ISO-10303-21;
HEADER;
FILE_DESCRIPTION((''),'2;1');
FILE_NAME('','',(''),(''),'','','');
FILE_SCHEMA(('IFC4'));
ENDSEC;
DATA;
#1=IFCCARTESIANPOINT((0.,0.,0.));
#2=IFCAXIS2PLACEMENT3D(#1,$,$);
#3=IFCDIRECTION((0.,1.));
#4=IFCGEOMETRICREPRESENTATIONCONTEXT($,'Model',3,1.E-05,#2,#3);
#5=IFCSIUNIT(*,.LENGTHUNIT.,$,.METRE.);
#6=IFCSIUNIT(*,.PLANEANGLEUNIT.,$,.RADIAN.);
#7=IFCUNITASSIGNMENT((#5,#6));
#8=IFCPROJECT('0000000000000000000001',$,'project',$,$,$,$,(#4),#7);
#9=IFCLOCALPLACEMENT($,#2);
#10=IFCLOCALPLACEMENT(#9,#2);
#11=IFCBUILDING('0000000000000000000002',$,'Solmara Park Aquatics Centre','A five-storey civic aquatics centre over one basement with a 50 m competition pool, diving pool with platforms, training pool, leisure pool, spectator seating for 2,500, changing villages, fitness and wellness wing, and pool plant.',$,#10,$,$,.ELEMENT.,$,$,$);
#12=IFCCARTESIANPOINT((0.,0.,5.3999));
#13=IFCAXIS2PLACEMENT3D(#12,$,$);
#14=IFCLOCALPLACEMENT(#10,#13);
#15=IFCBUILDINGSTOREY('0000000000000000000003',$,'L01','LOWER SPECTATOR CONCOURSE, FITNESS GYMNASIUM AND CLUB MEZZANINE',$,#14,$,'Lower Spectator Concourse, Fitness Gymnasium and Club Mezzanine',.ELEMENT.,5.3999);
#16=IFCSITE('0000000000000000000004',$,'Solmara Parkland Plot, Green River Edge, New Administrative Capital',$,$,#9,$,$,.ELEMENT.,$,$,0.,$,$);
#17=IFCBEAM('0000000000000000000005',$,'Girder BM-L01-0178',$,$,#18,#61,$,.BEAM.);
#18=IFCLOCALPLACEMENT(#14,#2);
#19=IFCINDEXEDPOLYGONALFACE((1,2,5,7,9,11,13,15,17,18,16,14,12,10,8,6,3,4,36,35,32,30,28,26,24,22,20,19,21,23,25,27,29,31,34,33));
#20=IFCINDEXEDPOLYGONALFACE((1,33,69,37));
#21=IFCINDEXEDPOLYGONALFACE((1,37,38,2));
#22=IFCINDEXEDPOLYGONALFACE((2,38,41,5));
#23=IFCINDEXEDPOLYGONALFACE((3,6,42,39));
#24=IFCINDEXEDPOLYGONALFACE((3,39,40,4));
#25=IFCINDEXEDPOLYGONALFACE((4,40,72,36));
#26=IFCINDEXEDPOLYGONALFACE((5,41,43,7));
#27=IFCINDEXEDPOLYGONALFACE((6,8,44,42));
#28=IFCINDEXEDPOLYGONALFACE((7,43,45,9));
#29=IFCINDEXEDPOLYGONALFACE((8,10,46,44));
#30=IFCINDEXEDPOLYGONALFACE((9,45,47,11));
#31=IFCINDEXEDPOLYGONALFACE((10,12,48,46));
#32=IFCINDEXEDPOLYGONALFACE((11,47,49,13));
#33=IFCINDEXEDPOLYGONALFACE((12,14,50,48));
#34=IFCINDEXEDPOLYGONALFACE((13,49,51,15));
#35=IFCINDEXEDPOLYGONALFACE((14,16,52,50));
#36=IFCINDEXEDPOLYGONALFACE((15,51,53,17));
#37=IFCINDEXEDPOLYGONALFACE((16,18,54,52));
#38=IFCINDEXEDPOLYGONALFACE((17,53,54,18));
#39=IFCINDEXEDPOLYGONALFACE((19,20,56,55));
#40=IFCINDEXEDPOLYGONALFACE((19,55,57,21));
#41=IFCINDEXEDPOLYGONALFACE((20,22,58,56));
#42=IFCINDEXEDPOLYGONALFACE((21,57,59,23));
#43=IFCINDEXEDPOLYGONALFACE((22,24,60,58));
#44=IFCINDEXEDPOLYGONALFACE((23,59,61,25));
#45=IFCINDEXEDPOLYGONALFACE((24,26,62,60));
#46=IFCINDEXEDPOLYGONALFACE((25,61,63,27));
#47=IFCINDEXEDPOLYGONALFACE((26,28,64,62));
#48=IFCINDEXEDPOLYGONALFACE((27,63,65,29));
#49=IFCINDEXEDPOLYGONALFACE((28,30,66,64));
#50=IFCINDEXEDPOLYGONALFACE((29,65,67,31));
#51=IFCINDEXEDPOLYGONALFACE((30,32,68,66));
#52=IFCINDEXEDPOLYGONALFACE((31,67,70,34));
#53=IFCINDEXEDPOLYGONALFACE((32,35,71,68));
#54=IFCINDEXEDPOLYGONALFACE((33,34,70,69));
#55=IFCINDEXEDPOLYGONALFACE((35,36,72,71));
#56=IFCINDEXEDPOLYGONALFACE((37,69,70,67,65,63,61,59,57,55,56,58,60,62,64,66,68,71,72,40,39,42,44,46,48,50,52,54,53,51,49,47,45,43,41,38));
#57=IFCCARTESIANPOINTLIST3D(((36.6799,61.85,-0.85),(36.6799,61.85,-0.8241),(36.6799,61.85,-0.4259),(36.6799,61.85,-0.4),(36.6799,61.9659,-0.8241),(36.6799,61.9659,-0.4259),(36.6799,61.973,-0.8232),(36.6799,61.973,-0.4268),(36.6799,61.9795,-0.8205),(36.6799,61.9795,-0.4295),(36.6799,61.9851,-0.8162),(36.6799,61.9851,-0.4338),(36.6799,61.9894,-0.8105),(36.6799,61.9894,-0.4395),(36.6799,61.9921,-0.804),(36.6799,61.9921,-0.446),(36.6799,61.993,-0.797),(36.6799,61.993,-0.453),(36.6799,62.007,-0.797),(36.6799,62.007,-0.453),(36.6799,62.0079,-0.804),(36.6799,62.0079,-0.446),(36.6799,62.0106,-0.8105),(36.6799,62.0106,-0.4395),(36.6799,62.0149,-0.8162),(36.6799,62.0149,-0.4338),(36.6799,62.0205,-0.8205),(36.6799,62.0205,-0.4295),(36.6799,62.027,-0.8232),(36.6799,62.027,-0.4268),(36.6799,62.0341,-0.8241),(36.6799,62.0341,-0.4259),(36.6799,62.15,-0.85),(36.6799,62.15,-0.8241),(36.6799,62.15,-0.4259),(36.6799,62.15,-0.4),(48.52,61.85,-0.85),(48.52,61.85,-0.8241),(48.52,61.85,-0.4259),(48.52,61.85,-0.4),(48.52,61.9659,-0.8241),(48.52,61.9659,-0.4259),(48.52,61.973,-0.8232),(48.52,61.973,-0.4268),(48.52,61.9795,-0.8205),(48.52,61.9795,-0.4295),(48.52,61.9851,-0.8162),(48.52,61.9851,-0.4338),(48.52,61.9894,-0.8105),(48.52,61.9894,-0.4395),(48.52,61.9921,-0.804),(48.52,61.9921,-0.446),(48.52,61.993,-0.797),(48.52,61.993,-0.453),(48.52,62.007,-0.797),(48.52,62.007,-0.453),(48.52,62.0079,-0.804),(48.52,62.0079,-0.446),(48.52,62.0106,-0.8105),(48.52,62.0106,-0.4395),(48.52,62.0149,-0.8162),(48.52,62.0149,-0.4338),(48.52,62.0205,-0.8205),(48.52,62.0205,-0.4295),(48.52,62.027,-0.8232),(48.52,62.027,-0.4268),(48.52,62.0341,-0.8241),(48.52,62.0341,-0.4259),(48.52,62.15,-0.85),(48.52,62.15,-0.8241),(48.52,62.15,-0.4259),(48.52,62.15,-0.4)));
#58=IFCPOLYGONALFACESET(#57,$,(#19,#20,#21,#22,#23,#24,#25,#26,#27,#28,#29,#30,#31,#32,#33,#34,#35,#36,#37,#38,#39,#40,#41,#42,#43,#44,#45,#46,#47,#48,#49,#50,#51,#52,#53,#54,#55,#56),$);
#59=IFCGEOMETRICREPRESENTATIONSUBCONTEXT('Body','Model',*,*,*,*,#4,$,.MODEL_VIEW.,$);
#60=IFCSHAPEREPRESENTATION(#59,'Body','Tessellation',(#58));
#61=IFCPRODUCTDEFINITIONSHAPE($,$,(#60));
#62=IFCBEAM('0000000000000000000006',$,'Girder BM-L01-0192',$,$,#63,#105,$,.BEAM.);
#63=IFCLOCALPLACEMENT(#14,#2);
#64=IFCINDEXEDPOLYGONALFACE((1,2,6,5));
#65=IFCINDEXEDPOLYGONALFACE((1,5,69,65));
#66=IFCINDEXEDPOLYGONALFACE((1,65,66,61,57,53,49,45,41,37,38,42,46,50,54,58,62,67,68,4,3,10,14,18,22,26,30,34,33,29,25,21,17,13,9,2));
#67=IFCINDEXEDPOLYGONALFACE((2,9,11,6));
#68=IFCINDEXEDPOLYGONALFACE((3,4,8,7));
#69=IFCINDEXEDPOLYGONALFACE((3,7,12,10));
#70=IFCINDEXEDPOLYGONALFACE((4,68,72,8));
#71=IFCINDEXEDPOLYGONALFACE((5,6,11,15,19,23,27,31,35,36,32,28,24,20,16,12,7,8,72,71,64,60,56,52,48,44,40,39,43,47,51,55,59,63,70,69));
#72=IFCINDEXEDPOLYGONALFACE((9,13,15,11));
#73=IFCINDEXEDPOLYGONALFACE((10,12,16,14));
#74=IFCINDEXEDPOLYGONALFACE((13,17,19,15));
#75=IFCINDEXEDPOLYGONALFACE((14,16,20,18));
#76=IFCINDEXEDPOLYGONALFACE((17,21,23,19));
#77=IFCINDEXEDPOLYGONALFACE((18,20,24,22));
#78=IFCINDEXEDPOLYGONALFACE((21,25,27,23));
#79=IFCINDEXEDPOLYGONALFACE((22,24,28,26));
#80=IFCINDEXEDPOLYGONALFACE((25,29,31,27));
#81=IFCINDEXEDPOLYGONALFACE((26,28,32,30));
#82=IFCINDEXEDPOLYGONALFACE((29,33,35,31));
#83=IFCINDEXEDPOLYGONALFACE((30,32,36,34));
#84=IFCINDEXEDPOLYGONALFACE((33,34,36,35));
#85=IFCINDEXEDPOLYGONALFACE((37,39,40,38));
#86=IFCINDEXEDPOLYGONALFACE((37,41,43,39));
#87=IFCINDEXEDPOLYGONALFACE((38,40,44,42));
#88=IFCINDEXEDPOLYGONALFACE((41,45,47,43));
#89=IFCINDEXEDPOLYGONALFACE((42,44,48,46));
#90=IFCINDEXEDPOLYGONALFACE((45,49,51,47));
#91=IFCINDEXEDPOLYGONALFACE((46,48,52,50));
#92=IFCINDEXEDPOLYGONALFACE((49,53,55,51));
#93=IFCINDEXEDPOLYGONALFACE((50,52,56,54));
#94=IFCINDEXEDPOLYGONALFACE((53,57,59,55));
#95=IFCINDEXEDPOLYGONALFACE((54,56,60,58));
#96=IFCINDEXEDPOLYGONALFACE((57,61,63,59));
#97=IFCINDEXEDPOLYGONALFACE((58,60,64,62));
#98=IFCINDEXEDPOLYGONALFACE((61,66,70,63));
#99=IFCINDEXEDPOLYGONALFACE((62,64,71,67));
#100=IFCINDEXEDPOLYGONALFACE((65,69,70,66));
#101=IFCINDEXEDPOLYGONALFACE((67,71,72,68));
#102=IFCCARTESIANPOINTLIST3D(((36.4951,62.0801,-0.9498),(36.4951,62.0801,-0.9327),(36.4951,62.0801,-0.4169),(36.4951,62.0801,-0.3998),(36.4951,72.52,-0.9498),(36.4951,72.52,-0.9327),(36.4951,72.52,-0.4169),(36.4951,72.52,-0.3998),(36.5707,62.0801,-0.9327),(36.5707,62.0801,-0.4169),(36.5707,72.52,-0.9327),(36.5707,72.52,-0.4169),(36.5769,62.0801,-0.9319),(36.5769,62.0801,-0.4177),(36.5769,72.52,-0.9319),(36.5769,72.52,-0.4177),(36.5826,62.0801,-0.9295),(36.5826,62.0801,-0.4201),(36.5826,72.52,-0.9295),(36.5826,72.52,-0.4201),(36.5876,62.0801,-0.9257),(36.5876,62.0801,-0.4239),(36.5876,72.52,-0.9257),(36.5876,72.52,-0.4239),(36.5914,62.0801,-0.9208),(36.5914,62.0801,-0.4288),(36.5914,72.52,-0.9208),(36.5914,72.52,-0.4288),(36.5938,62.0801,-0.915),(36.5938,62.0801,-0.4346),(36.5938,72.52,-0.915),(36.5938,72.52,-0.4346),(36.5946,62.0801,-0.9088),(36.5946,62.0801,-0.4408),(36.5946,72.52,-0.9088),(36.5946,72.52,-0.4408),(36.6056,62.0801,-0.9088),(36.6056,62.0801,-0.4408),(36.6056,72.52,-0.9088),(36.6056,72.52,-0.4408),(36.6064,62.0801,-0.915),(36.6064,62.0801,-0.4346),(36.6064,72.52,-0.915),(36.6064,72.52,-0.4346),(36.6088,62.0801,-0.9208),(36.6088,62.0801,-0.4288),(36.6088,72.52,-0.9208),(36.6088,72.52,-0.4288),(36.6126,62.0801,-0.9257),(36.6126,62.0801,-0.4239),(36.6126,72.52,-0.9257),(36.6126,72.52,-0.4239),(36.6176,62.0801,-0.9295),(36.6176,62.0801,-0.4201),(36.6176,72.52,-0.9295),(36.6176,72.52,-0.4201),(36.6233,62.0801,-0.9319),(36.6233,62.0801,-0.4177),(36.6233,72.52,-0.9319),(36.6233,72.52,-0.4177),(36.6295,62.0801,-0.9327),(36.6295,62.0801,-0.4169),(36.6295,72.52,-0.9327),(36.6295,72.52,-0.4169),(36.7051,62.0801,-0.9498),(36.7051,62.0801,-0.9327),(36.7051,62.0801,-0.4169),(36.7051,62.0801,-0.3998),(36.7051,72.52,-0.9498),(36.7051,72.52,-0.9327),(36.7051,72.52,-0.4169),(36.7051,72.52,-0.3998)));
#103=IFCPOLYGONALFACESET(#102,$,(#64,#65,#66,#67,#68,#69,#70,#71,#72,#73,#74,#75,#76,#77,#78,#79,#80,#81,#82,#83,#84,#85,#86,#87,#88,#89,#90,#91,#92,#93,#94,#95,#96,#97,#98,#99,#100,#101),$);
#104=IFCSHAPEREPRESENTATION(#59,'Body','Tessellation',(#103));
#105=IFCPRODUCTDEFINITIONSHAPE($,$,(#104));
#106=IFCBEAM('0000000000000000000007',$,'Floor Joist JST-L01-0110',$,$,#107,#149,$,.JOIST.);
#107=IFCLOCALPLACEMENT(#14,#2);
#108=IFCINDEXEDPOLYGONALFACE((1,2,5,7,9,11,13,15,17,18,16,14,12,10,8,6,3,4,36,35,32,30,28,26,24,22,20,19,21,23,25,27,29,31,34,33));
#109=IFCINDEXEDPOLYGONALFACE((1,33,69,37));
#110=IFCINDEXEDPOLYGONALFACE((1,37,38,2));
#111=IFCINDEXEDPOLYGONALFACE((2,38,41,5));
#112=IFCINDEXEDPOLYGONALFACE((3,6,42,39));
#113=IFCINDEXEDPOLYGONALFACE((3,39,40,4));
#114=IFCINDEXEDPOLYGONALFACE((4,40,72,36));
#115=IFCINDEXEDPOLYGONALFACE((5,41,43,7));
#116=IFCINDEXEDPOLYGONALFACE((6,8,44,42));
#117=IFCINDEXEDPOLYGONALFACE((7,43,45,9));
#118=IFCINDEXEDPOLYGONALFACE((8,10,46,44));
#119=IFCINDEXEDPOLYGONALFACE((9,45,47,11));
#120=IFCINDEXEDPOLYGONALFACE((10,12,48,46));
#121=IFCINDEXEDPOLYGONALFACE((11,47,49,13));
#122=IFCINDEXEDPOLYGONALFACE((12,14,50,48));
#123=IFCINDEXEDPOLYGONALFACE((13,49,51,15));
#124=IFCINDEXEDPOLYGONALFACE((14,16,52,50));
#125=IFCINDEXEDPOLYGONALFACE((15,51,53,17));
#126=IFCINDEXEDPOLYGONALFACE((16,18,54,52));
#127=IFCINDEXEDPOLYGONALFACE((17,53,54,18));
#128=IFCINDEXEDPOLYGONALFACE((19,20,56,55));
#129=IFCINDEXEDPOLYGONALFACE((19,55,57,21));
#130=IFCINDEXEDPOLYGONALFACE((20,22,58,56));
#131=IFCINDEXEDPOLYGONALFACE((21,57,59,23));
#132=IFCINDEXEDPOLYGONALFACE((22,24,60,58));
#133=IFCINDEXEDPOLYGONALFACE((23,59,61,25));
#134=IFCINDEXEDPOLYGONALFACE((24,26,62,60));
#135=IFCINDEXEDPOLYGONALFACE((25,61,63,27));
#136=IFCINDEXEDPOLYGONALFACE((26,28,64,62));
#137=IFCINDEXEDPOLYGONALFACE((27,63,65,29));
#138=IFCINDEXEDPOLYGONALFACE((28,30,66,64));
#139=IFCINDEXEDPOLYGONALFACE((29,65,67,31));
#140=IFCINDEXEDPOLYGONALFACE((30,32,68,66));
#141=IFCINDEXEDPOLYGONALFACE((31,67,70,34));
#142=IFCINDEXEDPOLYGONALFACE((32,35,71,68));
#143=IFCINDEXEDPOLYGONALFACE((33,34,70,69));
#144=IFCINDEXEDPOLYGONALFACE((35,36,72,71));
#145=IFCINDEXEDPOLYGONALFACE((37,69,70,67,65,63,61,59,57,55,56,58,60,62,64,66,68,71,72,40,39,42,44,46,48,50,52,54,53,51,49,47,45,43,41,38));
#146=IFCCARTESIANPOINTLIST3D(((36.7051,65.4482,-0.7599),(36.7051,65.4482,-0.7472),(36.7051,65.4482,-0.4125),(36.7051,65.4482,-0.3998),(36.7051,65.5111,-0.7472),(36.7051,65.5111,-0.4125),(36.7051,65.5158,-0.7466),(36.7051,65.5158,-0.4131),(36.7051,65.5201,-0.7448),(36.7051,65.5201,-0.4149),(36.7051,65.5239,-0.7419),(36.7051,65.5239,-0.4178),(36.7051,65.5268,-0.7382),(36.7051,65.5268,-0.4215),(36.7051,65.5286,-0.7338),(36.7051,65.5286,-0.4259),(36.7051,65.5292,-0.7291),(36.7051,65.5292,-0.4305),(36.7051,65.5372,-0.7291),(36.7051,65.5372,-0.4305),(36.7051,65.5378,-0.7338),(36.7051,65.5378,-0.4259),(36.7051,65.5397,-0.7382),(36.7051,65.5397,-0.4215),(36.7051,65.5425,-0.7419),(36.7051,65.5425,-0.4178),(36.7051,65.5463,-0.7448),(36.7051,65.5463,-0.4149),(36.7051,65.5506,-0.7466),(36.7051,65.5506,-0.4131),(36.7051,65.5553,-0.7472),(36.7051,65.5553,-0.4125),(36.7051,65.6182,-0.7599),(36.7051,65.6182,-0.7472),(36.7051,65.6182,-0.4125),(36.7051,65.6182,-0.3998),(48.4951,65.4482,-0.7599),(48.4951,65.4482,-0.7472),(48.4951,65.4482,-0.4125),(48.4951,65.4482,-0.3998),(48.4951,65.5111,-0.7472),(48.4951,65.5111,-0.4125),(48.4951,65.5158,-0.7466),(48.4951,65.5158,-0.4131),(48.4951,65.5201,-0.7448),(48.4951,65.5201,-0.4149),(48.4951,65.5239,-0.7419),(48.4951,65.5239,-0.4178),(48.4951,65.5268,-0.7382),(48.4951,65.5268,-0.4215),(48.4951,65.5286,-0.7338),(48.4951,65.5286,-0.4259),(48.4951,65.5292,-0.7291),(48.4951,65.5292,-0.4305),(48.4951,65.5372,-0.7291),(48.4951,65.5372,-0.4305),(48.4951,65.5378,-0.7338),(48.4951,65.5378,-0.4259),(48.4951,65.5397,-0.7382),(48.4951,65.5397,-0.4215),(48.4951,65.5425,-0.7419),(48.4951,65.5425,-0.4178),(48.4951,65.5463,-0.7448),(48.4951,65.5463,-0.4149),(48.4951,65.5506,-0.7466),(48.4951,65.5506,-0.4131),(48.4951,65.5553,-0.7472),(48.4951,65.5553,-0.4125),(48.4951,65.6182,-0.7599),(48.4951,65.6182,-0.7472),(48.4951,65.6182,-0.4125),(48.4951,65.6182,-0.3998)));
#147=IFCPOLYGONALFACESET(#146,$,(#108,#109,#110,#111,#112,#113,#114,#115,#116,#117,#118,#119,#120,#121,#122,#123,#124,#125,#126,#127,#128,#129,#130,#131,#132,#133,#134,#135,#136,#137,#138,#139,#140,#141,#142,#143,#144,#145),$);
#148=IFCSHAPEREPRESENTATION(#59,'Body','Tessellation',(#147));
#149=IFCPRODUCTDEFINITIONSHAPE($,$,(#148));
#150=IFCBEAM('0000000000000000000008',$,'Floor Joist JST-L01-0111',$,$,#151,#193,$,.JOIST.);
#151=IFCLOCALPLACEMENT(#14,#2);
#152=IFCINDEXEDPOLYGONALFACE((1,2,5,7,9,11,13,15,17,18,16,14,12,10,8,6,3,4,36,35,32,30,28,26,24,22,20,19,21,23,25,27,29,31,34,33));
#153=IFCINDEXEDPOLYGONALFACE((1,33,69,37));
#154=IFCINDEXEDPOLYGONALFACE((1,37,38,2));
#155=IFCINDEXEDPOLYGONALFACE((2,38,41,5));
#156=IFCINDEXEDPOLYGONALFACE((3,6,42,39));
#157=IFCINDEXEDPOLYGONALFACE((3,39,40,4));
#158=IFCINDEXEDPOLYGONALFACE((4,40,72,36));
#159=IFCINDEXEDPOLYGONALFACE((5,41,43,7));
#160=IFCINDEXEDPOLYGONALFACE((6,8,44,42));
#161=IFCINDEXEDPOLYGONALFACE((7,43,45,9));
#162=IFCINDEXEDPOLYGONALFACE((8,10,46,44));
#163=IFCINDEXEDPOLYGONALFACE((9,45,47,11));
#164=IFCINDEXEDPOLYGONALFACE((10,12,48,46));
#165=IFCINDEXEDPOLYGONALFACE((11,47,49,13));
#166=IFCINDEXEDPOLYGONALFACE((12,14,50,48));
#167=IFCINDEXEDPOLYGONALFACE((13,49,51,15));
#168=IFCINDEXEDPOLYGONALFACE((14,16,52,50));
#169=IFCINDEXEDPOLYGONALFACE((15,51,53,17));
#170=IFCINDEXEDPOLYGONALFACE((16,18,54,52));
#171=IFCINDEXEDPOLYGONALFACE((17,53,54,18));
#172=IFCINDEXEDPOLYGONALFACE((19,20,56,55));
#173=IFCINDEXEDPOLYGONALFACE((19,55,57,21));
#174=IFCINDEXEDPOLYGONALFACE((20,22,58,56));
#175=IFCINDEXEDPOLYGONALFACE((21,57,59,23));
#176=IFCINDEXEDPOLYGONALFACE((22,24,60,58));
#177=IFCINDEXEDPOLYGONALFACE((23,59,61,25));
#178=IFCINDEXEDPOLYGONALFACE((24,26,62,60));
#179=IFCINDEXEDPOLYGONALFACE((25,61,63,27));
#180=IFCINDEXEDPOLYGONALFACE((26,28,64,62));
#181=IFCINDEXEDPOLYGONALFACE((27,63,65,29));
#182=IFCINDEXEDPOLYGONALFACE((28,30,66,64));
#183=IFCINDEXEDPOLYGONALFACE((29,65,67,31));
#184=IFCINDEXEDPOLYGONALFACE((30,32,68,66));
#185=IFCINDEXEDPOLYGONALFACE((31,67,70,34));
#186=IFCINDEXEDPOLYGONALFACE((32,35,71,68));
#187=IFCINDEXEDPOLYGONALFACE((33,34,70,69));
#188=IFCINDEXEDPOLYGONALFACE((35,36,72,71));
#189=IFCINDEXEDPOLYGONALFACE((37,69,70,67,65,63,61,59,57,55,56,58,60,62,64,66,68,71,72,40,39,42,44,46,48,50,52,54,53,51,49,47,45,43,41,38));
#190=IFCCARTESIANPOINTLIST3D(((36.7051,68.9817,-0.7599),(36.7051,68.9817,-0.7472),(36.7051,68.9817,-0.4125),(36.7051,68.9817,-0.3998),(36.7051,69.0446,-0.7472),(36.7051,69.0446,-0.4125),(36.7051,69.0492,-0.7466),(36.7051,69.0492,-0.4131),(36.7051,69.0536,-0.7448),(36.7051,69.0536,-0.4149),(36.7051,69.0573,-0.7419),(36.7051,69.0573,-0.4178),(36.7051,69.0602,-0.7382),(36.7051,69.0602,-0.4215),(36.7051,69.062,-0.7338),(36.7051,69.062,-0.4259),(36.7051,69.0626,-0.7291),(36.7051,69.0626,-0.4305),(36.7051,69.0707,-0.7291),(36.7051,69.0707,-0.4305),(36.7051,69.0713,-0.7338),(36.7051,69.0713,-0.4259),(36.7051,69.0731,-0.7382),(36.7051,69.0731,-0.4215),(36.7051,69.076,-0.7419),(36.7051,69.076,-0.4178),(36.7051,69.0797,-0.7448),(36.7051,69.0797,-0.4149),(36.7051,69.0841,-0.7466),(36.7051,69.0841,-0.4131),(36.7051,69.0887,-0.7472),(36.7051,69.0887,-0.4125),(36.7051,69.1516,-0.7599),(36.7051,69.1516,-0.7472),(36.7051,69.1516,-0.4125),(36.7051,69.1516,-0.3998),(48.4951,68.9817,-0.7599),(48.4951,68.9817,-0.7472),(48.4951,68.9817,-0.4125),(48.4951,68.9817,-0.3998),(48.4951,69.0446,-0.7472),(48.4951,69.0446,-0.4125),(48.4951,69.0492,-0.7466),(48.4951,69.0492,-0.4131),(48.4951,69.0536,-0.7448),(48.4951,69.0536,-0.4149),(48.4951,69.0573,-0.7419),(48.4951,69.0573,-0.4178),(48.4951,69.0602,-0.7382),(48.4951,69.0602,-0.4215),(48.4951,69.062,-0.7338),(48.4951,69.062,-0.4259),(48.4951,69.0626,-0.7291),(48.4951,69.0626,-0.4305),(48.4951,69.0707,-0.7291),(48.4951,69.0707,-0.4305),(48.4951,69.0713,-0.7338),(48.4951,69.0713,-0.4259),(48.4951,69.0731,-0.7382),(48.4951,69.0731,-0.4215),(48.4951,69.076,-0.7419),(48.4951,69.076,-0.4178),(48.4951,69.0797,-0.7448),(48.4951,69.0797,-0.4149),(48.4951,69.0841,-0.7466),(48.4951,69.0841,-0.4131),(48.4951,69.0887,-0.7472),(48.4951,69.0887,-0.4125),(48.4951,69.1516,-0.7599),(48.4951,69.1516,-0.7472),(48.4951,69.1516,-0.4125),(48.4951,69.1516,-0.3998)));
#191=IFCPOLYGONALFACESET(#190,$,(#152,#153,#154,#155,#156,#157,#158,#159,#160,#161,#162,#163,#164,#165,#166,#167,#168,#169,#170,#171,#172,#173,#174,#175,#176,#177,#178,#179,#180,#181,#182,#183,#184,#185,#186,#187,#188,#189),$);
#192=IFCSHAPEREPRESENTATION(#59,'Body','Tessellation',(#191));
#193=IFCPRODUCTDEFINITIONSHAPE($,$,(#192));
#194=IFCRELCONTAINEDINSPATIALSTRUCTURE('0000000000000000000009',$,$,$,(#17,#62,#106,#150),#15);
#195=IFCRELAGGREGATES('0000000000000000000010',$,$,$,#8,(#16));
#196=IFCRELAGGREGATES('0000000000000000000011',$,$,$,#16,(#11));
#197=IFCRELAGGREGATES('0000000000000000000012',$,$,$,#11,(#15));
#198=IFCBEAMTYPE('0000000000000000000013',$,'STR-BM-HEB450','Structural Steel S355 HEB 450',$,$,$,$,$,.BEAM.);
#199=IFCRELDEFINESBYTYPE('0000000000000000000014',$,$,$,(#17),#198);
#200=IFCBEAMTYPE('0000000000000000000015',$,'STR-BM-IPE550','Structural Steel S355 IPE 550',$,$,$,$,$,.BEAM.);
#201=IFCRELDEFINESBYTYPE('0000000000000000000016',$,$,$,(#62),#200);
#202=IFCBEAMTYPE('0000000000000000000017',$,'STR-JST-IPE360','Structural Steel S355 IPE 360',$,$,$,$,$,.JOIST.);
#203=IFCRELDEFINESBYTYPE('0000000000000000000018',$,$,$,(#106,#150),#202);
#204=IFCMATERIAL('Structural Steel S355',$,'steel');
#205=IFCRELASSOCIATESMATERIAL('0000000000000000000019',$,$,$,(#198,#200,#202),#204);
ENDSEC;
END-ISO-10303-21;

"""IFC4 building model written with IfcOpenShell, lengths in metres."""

from ifc_helpers import new_model, si_unit, direction, frame, origin, origin_2d, place, context, subcontext, project, spatial, i_section, extrude, material, material_profile, profile_set, type_object, element, save


model = new_model("IFC4")

# Units and contexts
model_context = context("Model", 3, precision=1e-05, world=origin(), true_north=direction((0.0, 1.0)))
body_context = subcontext(model_context, "Body", "Model", "MODEL_VIEW")
ifc_project = project(units=[si_unit("LENGTHUNIT", "METRE"), si_unit("PLANEANGLEUNIT", "RADIAN")], contexts=[model_context])

# Site, building, storey
site_placement = place(None, origin())
site = spatial("IfcSite", under=ifc_project, at=site_placement, Name="Solmara Parkland Plot, Green River Edge, New Administrative Capital", CompositionType="ELEMENT", RefElevation=0.0)
building_placement = place(site_placement, origin())
building = spatial("IfcBuilding", under=site, at=building_placement, Name="Solmara Park Aquatics Centre", Description="A five-storey civic aquatics centre over one basement with a 50 m competition pool, diving pool with platforms, training pool, leisure pool, spectator seating for 2,500, changing villages, fitness and wellness wing, and pool plant.", CompositionType="ELEMENT")
storey_placement = place(building_placement, frame((0.0, 0.0, 5.3999)))
storey = spatial("IfcBuildingStorey", under=building, at=storey_placement, Name="L01", Description="LOWER SPECTATOR CONCOURSE, FITNESS GYMNASIUM AND CLUB MEZZANINE", LongName="Lower Spectator Concourse, Fitness Gymnasium and Club Mezzanine", CompositionType="ELEMENT", Elevation=5.3999)

# Shared definitions
ifc_material_1 = material(Name="Structural Steel S355", Category="steel")

# Beams
ifc_material_profile_1 = material_profile(ifc_material_1, i_section(OverallWidth=0.3, OverallDepth=0.45, WebThickness=0.0139, FlangeThickness=0.0259, FilletRadius=0.0271, at=origin_2d()), Name="HEB 450")
ifc_profile_set_1 = profile_set([ifc_material_profile_1], Name="Structural Steel S355")
beam_type_1 = type_object("IfcBeamType", Name="STR-BM-HEB450", Description="Structural Steel S355 HEB 450", PredefinedType="BEAM", material=ifc_profile_set_1)
beam_1_placement = place(storey_placement, frame((36.6799, 62.0, -0.625), z_axis=(1.0, 0.0, 0.0), x_axis=(0.0, 1.0, 0.0)))
element("IfcBeam", 1, at=beam_1_placement, inside=storey, type_object=beam_type_1, Name="Girder BM-L01-0178", PredefinedType="BEAM", context=body_context, shape_type="SweptSolid", body=[
    extrude(i_section(OverallWidth=0.3, OverallDepth=0.45, WebThickness=0.0139, FlangeThickness=0.0259, FilletRadius=0.0271, at=origin_2d()), origin(), (0.0, 0.0, 1.0), 11.8401),
])
ifc_material_profile_2 = material_profile(ifc_material_1, i_section(OverallWidth=0.21, OverallDepth=0.55, WebThickness=0.011, FlangeThickness=0.0171, FilletRadius=0.0239, at=origin_2d()), Name="IPE 550")
ifc_profile_set_2 = profile_set([ifc_material_profile_2], Name="Structural Steel S355")
beam_type_2 = type_object("IfcBeamType", Name="STR-BM-IPE550", Description="Structural Steel S355 IPE 550", PredefinedType="BEAM", material=ifc_profile_set_2)
beam_2_placement = place(storey_placement, frame((36.6001, 62.0801, -0.6748), z_axis=(0.0, 1.0, 0.0), x_axis=(-1.0, 0.0, 0.0)))
element("IfcBeam", 2, at=beam_2_placement, inside=storey, type_object=beam_type_2, Name="Girder BM-L01-0192", PredefinedType="BEAM", context=body_context, shape_type="SweptSolid", body=[
    extrude(i_section(OverallWidth=0.21, OverallDepth=0.55, WebThickness=0.011, FlangeThickness=0.0171, FilletRadius=0.0239, at=origin_2d()), origin(), (0.0, 0.0, 1.0), 10.4399),
])
ifc_material_profile_3 = material_profile(ifc_material_1, i_section(OverallWidth=0.1699, OverallDepth=0.3601, WebThickness=0.0081, FlangeThickness=0.0127, FilletRadius=0.0181, at=origin_2d()), Name="IPE 360")
ifc_profile_set_3 = profile_set([ifc_material_profile_3], Name="Structural Steel S355")
beam_type_3 = type_object("IfcBeamType", Name="STR-JST-IPE360", Description="Structural Steel S355 IPE 360", PredefinedType="JOIST", material=ifc_profile_set_3)
for number, where, z_axis, x_axis, name in (
    (3, (36.7051, 65.5332, -0.5798), (1.0, 0.0, 0.0), (0.0, 1.0, 0.0), "Floor Joist JST-L01-0110"),
    (4, (36.7051, 69.0667, -0.5798), (1.0, 0.0, 0.0), (0.0, 1.0, 0.0), "Floor Joist JST-L01-0111"),
):
    element("IfcBeam", number, at=place(storey_placement, frame(where, z_axis=z_axis, x_axis=x_axis)), inside=storey, type_object=beam_type_3, Name=name, PredefinedType="JOIST", context=body_context, shape_type="SweptSolid", body=[
        extrude(i_section(OverallWidth=0.1699, OverallDepth=0.3601, WebThickness=0.0081, FlangeThickness=0.0127, FilletRadius=0.0181, at=origin_2d()), origin(), (0.0, 0.0, 1.0), 11.79),
    ])

save(model, "model.ifc")
